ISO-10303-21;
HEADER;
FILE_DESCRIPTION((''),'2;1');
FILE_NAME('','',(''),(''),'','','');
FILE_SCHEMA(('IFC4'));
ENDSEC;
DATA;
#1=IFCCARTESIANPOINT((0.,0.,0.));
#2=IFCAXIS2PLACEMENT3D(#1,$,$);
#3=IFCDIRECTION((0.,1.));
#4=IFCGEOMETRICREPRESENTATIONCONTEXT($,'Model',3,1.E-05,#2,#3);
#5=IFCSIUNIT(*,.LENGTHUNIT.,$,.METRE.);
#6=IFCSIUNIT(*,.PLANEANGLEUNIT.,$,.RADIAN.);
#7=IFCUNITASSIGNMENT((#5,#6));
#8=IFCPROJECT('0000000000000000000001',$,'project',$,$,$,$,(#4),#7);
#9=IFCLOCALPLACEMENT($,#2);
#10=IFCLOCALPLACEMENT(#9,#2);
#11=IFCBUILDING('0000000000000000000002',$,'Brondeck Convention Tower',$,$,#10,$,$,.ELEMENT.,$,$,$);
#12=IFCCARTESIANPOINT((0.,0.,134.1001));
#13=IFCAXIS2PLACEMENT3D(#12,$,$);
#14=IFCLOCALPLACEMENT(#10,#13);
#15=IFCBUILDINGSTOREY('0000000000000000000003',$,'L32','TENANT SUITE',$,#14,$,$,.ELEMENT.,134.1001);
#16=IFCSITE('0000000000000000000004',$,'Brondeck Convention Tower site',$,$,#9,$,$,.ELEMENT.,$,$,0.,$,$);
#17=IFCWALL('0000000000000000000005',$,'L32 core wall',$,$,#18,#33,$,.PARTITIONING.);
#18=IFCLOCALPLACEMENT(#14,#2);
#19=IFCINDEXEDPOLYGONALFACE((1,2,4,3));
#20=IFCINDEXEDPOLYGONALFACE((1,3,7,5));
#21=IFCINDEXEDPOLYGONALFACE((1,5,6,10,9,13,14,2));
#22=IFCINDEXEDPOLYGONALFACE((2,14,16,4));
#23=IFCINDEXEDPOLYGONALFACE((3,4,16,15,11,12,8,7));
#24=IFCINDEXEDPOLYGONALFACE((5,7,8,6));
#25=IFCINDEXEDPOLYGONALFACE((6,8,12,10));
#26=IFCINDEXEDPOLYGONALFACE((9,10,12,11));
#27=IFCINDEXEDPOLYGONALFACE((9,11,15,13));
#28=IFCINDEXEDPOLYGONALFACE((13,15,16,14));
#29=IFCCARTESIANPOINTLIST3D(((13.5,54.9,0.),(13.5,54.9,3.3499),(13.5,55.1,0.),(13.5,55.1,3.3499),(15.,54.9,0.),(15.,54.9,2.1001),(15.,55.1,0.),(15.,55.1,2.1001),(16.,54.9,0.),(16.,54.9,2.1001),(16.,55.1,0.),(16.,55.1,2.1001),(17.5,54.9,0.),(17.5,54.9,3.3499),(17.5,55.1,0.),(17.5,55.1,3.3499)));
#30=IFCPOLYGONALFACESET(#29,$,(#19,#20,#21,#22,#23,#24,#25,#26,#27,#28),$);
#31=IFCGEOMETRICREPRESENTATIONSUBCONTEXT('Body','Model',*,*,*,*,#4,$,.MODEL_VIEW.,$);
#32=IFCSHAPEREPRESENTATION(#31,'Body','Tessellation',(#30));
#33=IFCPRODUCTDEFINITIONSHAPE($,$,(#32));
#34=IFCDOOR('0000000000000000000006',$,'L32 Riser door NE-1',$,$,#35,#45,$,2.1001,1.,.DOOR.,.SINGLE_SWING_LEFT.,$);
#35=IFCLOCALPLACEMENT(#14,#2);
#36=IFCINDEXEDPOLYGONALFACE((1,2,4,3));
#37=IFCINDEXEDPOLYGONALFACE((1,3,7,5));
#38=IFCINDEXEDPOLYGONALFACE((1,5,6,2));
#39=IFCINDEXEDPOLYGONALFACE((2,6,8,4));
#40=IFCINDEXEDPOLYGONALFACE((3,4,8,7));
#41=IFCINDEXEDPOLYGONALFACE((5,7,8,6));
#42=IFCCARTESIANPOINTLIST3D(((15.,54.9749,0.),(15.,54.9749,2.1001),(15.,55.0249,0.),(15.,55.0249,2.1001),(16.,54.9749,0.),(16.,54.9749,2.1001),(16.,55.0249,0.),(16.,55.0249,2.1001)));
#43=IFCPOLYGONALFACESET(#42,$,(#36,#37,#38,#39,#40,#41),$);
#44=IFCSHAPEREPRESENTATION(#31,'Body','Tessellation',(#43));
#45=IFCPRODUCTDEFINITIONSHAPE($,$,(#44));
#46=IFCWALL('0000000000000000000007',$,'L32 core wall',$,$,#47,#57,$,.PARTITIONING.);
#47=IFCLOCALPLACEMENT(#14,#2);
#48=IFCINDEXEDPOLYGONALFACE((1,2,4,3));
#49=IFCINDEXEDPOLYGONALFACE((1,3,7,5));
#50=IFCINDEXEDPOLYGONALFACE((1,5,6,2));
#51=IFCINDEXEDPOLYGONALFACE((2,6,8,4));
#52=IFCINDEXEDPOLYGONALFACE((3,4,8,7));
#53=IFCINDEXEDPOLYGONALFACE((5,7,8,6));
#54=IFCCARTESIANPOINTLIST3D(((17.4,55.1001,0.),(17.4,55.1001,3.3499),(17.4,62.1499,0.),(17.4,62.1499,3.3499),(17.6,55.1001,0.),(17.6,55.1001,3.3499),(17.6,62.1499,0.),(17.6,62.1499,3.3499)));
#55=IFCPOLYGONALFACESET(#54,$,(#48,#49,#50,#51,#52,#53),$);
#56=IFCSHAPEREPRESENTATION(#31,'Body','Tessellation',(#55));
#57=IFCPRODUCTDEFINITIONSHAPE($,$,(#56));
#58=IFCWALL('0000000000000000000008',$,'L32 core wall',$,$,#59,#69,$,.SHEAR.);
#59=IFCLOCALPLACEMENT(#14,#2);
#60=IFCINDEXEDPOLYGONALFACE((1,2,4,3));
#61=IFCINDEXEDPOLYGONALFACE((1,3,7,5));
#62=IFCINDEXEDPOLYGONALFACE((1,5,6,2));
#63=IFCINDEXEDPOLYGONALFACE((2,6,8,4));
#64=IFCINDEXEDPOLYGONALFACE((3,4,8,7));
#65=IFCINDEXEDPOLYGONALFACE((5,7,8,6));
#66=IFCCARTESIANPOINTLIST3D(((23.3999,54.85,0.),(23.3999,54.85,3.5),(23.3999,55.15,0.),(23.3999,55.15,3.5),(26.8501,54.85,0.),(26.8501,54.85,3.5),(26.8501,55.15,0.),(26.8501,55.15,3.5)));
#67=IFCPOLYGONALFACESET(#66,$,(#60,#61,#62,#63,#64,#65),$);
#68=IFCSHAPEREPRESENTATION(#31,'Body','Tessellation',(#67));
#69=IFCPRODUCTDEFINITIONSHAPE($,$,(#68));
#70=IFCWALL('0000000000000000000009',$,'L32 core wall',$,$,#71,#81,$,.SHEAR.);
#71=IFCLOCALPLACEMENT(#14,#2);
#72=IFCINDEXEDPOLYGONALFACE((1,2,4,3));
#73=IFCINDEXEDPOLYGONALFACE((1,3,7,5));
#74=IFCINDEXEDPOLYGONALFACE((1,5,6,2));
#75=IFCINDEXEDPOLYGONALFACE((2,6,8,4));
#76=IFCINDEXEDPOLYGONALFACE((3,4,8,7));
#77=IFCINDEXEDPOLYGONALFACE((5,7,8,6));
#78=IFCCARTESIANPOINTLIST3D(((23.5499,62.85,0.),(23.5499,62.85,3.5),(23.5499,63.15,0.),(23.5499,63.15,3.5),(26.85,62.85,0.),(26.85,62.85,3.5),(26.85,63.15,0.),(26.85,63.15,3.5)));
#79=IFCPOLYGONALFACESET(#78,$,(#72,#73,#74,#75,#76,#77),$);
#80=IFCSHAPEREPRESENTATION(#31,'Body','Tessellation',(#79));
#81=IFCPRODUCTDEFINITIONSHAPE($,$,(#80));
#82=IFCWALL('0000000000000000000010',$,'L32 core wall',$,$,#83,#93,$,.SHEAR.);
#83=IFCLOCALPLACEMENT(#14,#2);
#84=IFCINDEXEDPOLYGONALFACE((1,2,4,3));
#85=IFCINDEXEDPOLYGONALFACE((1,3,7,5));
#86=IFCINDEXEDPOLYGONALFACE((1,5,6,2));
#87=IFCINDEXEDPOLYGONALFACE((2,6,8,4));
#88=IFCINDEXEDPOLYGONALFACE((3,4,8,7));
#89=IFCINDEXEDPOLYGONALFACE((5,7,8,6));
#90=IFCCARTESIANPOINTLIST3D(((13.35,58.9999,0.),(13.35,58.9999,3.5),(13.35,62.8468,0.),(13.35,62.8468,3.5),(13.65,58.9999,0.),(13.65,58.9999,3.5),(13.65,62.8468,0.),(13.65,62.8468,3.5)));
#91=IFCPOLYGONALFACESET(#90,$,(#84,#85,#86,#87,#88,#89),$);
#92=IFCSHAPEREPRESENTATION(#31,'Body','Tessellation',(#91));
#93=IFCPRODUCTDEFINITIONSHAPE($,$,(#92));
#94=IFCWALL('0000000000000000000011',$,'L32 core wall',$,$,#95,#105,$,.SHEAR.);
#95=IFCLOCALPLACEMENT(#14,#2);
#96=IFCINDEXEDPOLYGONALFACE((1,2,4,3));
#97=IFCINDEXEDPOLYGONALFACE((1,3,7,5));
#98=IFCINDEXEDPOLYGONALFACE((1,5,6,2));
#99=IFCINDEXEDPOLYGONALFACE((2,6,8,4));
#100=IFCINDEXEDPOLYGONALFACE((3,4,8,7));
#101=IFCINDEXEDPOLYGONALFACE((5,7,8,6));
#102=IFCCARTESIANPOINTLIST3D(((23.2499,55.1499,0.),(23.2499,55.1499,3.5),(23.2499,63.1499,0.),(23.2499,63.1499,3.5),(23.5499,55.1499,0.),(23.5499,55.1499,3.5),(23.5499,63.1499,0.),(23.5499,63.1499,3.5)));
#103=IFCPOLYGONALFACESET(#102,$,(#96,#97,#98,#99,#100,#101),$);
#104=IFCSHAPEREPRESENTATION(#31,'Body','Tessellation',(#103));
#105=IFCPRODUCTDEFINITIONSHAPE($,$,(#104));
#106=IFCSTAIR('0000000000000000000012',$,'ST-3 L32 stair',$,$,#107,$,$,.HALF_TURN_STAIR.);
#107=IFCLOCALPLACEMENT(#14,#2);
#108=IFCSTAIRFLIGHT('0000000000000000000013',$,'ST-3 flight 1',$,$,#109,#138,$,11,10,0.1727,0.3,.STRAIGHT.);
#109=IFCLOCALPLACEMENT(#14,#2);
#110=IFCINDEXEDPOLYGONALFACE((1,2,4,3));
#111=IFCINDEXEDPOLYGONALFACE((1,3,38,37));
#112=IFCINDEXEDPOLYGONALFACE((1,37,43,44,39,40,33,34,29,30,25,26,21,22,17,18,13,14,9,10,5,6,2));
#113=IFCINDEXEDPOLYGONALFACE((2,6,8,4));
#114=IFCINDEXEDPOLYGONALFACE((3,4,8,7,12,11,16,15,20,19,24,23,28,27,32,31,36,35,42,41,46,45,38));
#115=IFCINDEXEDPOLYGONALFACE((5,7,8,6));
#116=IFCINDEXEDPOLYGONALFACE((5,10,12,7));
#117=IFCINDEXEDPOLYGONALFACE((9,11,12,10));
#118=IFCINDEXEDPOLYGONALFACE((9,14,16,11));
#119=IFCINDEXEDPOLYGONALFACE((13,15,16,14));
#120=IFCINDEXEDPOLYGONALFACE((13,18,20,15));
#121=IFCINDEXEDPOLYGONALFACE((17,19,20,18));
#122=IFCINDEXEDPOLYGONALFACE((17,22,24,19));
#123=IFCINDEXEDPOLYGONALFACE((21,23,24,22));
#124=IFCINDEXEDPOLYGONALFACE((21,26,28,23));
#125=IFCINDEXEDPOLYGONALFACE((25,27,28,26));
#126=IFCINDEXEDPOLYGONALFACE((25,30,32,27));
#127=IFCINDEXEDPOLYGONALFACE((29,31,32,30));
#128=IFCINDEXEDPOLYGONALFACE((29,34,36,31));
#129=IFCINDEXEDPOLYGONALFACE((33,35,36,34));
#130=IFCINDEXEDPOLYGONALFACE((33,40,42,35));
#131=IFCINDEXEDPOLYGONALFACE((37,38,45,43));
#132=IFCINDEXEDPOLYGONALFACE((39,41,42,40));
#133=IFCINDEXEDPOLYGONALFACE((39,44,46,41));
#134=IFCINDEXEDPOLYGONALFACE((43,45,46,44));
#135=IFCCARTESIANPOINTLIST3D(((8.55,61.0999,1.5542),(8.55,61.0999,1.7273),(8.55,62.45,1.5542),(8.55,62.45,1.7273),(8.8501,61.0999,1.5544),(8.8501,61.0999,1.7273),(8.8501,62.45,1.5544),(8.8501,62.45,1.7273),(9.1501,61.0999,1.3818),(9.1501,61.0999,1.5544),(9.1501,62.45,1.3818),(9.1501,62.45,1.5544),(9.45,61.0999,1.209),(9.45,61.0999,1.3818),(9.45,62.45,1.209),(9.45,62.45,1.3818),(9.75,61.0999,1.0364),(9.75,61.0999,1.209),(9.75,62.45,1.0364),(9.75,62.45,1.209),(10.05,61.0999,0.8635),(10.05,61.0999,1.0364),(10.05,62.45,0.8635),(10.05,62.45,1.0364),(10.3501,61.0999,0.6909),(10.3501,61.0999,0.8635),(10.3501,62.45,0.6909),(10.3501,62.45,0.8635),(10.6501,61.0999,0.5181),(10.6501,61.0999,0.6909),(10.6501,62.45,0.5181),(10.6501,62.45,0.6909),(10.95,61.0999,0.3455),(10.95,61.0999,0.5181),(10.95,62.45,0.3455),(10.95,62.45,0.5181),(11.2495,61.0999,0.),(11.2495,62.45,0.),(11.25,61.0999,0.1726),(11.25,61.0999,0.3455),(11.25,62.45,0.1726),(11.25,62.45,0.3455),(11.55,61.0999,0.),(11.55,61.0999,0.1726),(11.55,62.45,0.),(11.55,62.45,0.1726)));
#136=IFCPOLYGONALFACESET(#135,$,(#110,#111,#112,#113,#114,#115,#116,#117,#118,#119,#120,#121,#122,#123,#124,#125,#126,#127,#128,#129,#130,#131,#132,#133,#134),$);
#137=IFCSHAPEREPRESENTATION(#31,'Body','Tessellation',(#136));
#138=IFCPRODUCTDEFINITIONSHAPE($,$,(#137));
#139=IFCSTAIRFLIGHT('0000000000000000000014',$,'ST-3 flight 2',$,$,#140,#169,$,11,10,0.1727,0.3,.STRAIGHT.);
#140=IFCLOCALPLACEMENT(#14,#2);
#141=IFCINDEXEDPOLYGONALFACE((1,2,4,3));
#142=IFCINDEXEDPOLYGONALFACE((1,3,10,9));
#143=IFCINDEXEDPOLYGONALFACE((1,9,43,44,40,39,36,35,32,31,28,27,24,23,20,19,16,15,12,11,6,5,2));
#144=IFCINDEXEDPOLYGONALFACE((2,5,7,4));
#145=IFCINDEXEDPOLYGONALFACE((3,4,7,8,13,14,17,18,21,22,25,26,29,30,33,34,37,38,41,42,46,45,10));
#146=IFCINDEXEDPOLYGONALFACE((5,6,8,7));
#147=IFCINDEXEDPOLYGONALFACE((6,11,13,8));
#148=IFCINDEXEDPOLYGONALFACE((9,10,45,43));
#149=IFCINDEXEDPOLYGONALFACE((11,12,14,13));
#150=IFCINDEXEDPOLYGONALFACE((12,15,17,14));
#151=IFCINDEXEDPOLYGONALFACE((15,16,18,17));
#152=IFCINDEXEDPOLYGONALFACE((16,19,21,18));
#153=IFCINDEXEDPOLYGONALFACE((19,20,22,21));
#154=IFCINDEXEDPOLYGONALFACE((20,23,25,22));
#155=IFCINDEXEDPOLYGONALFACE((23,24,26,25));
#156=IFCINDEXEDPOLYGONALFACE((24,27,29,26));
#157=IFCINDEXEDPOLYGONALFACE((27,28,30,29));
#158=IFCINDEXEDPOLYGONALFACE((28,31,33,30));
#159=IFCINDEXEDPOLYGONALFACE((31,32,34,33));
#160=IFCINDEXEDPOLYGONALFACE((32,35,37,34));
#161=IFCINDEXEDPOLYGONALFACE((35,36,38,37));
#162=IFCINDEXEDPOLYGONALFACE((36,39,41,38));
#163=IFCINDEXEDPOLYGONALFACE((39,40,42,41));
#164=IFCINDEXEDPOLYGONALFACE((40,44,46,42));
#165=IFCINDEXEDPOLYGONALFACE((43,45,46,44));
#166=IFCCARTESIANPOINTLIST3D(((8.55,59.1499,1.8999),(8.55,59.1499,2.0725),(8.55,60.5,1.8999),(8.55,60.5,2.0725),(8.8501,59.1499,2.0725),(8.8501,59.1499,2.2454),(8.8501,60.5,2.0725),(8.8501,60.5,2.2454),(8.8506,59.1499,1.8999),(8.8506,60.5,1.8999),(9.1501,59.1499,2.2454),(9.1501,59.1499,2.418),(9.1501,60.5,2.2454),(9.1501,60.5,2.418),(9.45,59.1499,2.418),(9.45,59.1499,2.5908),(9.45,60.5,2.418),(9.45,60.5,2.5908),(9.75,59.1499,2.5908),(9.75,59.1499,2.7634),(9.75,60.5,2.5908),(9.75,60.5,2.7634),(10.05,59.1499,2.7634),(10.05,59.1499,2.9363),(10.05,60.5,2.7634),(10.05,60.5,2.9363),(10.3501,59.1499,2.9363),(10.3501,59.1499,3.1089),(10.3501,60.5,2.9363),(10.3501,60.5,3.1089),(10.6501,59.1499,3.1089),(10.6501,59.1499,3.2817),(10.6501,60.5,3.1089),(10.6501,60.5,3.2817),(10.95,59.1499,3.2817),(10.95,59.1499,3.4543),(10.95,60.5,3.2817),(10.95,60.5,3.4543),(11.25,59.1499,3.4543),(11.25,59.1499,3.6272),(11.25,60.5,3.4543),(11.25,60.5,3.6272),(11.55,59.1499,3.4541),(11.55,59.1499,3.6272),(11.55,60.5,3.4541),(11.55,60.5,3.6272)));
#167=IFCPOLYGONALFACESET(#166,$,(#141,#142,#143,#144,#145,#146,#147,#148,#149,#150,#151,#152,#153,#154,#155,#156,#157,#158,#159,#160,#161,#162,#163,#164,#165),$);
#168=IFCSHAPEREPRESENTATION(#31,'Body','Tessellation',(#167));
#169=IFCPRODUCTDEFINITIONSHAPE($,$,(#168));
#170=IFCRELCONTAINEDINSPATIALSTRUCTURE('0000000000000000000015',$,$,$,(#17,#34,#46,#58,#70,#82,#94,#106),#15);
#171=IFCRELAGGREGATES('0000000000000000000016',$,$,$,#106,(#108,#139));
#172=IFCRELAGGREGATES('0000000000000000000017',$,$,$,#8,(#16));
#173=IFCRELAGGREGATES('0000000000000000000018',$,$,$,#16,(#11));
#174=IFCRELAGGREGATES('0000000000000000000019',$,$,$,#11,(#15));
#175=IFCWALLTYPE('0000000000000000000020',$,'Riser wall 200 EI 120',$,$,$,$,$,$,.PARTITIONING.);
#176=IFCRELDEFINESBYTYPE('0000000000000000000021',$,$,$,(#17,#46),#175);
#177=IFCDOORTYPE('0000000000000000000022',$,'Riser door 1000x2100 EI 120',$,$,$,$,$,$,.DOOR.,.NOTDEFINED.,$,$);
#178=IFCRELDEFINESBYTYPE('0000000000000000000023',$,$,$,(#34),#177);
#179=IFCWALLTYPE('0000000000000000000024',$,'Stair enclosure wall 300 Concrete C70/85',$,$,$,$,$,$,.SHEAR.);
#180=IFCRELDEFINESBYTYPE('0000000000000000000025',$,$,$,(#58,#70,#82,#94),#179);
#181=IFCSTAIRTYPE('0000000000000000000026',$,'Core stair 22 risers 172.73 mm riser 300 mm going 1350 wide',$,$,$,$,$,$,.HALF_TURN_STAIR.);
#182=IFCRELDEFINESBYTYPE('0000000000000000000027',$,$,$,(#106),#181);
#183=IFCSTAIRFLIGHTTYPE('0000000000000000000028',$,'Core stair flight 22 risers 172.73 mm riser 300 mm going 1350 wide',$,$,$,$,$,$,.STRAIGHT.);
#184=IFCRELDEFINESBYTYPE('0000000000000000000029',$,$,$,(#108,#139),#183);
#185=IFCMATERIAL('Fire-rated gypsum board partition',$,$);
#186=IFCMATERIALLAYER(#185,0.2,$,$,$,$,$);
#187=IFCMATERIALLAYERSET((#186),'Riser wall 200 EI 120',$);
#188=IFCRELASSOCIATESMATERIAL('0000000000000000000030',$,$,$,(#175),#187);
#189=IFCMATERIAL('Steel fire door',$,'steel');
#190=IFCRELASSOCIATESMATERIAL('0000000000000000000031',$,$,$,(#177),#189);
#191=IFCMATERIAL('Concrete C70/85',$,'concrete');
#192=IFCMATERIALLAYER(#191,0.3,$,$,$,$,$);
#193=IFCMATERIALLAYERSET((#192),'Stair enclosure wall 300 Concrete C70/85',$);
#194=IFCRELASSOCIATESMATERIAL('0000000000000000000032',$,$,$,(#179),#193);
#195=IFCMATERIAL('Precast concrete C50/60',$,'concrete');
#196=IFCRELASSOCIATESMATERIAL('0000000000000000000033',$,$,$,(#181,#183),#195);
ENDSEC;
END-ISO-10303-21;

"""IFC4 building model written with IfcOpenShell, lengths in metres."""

from ifc_helpers import new_model, si_unit, direction, frame, frame_2d, origin, place, context, subcontext, project, spatial, polyline, rectangle, outline, extrude, material, layer, layer_set, type_object, element, fill, aggregate, save


model = new_model("IFC4")

# Units and contexts
model_context = context("Model", 3, precision=1e-05, world=origin(), true_north=direction((0.0, 1.0)))
body_context = subcontext(model_context, "Body", "Model", "MODEL_VIEW")
ifc_project = project(units=[si_unit("LENGTHUNIT", "METRE"), si_unit("PLANEANGLEUNIT", "RADIAN")], contexts=[model_context])

# Site, building, storey
site_placement = place(None, origin())
site = spatial("IfcSite", under=ifc_project, at=site_placement, Name="Brondeck Convention Tower site", CompositionType="ELEMENT", RefElevation=0.0)
building_placement = place(site_placement, origin())
building = spatial("IfcBuilding", under=site, at=building_placement, Name="Brondeck Convention Tower", CompositionType="ELEMENT")
storey_placement = place(building_placement, frame((0.0, 0.0, 134.1001)))
storey = spatial("IfcBuildingStorey", under=building, at=storey_placement, Name="L32", Description="TENANT SUITE", CompositionType="ELEMENT", Elevation=134.1001)

# Shared definitions
ifc_material_1 = material(Name="Concrete C70/85", Category="concrete")

# Shared definitions
ifc_material_2 = material(Name="Fire-rated gypsum board partition")
ifc_material_3 = material(Name="Steel fire door", Category="steel")

# Shared definitions
ifc_layer_1 = layer(ifc_material_2, 0.2)
ifc_layer_set_1 = layer_set([ifc_layer_1], Name="Riser wall 200 EI 120")
wall_type_1 = type_object("IfcWallType", Name="Riser wall 200 EI 120", PredefinedType="PARTITIONING", material=ifc_layer_set_1)

# Wall, opening, door
wall_1_placement = place(storey_placement, frame((13.5, 55.0, 0.0), z_axis=(0.0, 0.0, 1.0), x_axis=(1.0, 0.0, 0.0)))
wall_1 = element("IfcWall", 1, at=wall_1_placement, inside=storey, type_object=wall_type_1, Name="L32 core wall", PredefinedType="PARTITIONING", context=body_context, shape_type="SweptSolid", body=[
    extrude(rectangle(XDim=4.0, YDim=0.2, at=frame_2d((2.0, 0.0))), origin(), (0.0, 0.0, 1.0), 3.3499),
])
opening_1_placement = place(wall_1_placement, frame((1.5, 0.0, 0.0)))
opening_1 = element("IfcOpeningElement", 2, at=opening_1_placement, cuts=wall_1, PredefinedType="OPENING", context=body_context, shape_type="SweptSolid", body=[
    extrude(rectangle(XDim=1.0, YDim=2.1001, at=frame_2d((0.5, 1.05))), frame((0.0, 0.1099, 0.0), z_axis=(0.0, -1.0, 0.0), x_axis=(1.0, 0.0, 0.0)), (0.0, 0.0, 1.0), 0.22),
])
door_type_1 = type_object("IfcDoorType", Name="Riser door 1000x2100 EI 120", OperationType="NOTDEFINED", PredefinedType="DOOR", material=ifc_material_3)
door_1_placement = place(opening_1_placement, origin())
door_1 = element("IfcDoor", 3, at=door_1_placement, inside=storey, type_object=door_type_1, Name="L32 Riser door NE-1", OperationType="SINGLE_SWING_LEFT", OverallHeight=2.1001, OverallWidth=1.0, PredefinedType="DOOR", context=body_context, shape_type="SweptSolid", body=[
    extrude(rectangle(XDim=1.0, YDim=2.1001, at=frame_2d((0.5, 1.05))), frame((0.0, 0.0249, 0.0), z_axis=(0.0, -1.0, 0.0), x_axis=(1.0, 0.0, 0.0)), (0.0, 0.0, 1.0), 0.05),
])
fill(opening_1, door_1)

# Walls
wall_2_placement = place(storey_placement, frame((17.5, 55.1001, 0.0), z_axis=(0.0, 0.0, 1.0), x_axis=(0.0, 1.0, 0.0)))
element("IfcWall", 4, at=wall_2_placement, inside=storey, type_object=wall_type_1, Name="L32 core wall", PredefinedType="PARTITIONING", context=body_context, shape_type="SweptSolid", body=[
    extrude(rectangle(XDim=7.0498, YDim=0.2, at=frame_2d((3.5249, 0.0))), origin(), (0.0, 0.0, 1.0), 3.3499),
])
ifc_layer_2 = layer(ifc_material_1, 0.3)
ifc_layer_set_2 = layer_set([ifc_layer_2], Name="Stair enclosure wall 300 Concrete C70/85")
wall_type_2 = type_object("IfcWallType", Name="Stair enclosure wall 300 Concrete C70/85", PredefinedType="SHEAR", material=ifc_layer_set_2)
wall_3_placement = place(storey_placement, frame((23.3999, 55.0, 0.0), z_axis=(0.0, 0.0, 1.0), x_axis=(1.0, 0.0, 0.0)))
element("IfcWall", 5, at=wall_3_placement, inside=storey, type_object=wall_type_2, Name="L32 core wall", PredefinedType="SHEAR", context=body_context, shape_type="SweptSolid", body=[
    extrude(rectangle(XDim=3.4502, YDim=0.3, at=frame_2d((1.7251, 0.0))), origin(), (0.0, 0.0, 1.0), 3.5),
])
wall_4_placement = place(storey_placement, frame((23.55, 63.0, 0.0), z_axis=(0.0, 0.0, 1.0), x_axis=(1.0, 0.0, 0.0)))
element("IfcWall", 6, at=wall_4_placement, inside=storey, type_object=wall_type_2, Name="L32 core wall", PredefinedType="SHEAR", context=body_context, shape_type="SweptSolid", body=[
    extrude(rectangle(XDim=3.3, YDim=0.3, at=frame_2d((1.6499, 0.0))), origin(), (0.0, 0.0, 1.0), 3.5),
])
wall_5_placement = place(storey_placement, frame((13.5, 59.0, 0.0), z_axis=(0.0, 0.0, 1.0), x_axis=(0.0, 1.0, 0.0)))
element("IfcWall", 7, at=wall_5_placement, inside=storey, type_object=wall_type_2, Name="L32 core wall", PredefinedType="SHEAR", context=body_context, shape_type="SweptSolid", body=[
    extrude(rectangle(XDim=3.8469, YDim=0.3, at=frame_2d((1.9233, 0.0))), origin(), (0.0, 0.0, 1.0), 3.5),
])
wall_6_placement = place(storey_placement, frame((23.3999, 55.1499, 0.0), z_axis=(0.0, 0.0, 1.0), x_axis=(0.0, 1.0, 0.0)))
element("IfcWall", 8, at=wall_6_placement, inside=storey, type_object=wall_type_2, Name="L32 core wall", PredefinedType="SHEAR", context=body_context, shape_type="SweptSolid", body=[
    extrude(rectangle(XDim=8.0, YDim=0.3, at=frame_2d((4.0, 0.0))), origin(), (0.0, 0.0, 1.0), 3.5),
])

# Stair, stair flights
ifc_material_4 = material(Name="Precast concrete C50/60", Category="concrete")
stair_type = type_object("IfcStairType", Name="Core stair 22 risers 172.73 mm riser 300 mm going 1350 wide", PredefinedType="HALF_TURN_STAIR", material=ifc_material_4)
stair_placement = place(storey_placement, origin())
stair = element("IfcStair", 9, at=stair_placement, inside=storey, type_object=stair_type, Name="ST-3 L32 stair", PredefinedType="HALF_TURN_STAIR")
stair_flight_type = type_object("IfcStairFlightType", Name="Core stair flight 22 risers 172.73 mm riser 300 mm going 1350 wide", PredefinedType="STRAIGHT", material=ifc_material_4)
stair_flight_1_placement = place(storey_placement, frame((11.55, 61.7749, 0.0), z_axis=(0.0, 0.0, 1.0), x_axis=(-1.0, 0.0, 0.0)))
stair_flight_1 = element("IfcStairFlight", 10, at=stair_flight_1_placement, type_object=stair_flight_type, Name="ST-3 flight 1", NumberOfRisers=11, NumberOfTreads=10, PredefinedType="STRAIGHT", RiserHeight=0.1727, TreadLength=0.3, context=body_context, shape_type="SweptSolid", body=[
    extrude(outline(polyline([(0.0, 0.0), (0.0, 0.1726), (0.3, 0.1726), (0.3, 0.3455), (0.6001, 0.3455), (0.6001, 0.5181), (0.8999, 0.5181), (0.8999, 0.6909), (1.2, 0.6909), (1.2, 0.8635), (1.5, 0.8635), (1.5, 1.0364), (1.8, 1.0364), (1.8, 1.209), (2.1001, 1.209), (2.1001, 1.3818), (2.3999, 1.3818), (2.3999, 1.5544), (2.7, 1.5544), (2.7, 1.7273), (3.0, 1.7273), (3.0, 1.8999), (3.0, 1.5542), (0.3005, 0.0), (0.0, 0.0)])), frame((0.0, 0.675, 0.0), z_axis=(0.0, -1.0, 0.0), x_axis=(1.0, 0.0, 0.0)), (0.0, 0.0, 1.0), 1.3501),
])
stair_flight_2_placement = place(storey_placement, frame((8.55, 59.825, 1.8999), z_axis=(0.0, 0.0, 1.0), x_axis=(1.0, 0.0, 0.0)))
stair_flight_2 = element("IfcStairFlight", 11, at=stair_flight_2_placement, type_object=stair_flight_type, Name="ST-3 flight 2", NumberOfRisers=11, NumberOfTreads=10, PredefinedType="STRAIGHT", RiserHeight=0.1727, TreadLength=0.3, context=body_context, shape_type="SweptSolid", body=[
    extrude(outline(polyline([(0.0, 0.0), (0.0, 0.1726), (0.3, 0.1726), (0.3, 0.3455), (0.6001, 0.3455), (0.6001, 0.5181), (0.8999, 0.5181), (0.8999, 0.6909), (1.2, 0.6909), (1.2, 0.8635), (1.5, 0.8635), (1.5, 1.0364), (1.8, 1.0364), (1.8, 1.209), (2.1001, 1.209), (2.1001, 1.3818), (2.3999, 1.3818), (2.3999, 1.5544), (2.7, 1.5544), (2.7, 1.7273), (3.0, 1.7273), (3.0, 1.8999), (3.0, 1.5542), (0.3005, 0.0), (0.0, 0.0)])), frame((0.0, 0.675, 0.0), z_axis=(0.0, -1.0, 0.0), x_axis=(1.0, 0.0, 0.0)), (0.0, 0.0, 1.0), 1.3501),
])
aggregate(stair, [stair_flight_1, stair_flight_2])

save(model, "model.ifc")
